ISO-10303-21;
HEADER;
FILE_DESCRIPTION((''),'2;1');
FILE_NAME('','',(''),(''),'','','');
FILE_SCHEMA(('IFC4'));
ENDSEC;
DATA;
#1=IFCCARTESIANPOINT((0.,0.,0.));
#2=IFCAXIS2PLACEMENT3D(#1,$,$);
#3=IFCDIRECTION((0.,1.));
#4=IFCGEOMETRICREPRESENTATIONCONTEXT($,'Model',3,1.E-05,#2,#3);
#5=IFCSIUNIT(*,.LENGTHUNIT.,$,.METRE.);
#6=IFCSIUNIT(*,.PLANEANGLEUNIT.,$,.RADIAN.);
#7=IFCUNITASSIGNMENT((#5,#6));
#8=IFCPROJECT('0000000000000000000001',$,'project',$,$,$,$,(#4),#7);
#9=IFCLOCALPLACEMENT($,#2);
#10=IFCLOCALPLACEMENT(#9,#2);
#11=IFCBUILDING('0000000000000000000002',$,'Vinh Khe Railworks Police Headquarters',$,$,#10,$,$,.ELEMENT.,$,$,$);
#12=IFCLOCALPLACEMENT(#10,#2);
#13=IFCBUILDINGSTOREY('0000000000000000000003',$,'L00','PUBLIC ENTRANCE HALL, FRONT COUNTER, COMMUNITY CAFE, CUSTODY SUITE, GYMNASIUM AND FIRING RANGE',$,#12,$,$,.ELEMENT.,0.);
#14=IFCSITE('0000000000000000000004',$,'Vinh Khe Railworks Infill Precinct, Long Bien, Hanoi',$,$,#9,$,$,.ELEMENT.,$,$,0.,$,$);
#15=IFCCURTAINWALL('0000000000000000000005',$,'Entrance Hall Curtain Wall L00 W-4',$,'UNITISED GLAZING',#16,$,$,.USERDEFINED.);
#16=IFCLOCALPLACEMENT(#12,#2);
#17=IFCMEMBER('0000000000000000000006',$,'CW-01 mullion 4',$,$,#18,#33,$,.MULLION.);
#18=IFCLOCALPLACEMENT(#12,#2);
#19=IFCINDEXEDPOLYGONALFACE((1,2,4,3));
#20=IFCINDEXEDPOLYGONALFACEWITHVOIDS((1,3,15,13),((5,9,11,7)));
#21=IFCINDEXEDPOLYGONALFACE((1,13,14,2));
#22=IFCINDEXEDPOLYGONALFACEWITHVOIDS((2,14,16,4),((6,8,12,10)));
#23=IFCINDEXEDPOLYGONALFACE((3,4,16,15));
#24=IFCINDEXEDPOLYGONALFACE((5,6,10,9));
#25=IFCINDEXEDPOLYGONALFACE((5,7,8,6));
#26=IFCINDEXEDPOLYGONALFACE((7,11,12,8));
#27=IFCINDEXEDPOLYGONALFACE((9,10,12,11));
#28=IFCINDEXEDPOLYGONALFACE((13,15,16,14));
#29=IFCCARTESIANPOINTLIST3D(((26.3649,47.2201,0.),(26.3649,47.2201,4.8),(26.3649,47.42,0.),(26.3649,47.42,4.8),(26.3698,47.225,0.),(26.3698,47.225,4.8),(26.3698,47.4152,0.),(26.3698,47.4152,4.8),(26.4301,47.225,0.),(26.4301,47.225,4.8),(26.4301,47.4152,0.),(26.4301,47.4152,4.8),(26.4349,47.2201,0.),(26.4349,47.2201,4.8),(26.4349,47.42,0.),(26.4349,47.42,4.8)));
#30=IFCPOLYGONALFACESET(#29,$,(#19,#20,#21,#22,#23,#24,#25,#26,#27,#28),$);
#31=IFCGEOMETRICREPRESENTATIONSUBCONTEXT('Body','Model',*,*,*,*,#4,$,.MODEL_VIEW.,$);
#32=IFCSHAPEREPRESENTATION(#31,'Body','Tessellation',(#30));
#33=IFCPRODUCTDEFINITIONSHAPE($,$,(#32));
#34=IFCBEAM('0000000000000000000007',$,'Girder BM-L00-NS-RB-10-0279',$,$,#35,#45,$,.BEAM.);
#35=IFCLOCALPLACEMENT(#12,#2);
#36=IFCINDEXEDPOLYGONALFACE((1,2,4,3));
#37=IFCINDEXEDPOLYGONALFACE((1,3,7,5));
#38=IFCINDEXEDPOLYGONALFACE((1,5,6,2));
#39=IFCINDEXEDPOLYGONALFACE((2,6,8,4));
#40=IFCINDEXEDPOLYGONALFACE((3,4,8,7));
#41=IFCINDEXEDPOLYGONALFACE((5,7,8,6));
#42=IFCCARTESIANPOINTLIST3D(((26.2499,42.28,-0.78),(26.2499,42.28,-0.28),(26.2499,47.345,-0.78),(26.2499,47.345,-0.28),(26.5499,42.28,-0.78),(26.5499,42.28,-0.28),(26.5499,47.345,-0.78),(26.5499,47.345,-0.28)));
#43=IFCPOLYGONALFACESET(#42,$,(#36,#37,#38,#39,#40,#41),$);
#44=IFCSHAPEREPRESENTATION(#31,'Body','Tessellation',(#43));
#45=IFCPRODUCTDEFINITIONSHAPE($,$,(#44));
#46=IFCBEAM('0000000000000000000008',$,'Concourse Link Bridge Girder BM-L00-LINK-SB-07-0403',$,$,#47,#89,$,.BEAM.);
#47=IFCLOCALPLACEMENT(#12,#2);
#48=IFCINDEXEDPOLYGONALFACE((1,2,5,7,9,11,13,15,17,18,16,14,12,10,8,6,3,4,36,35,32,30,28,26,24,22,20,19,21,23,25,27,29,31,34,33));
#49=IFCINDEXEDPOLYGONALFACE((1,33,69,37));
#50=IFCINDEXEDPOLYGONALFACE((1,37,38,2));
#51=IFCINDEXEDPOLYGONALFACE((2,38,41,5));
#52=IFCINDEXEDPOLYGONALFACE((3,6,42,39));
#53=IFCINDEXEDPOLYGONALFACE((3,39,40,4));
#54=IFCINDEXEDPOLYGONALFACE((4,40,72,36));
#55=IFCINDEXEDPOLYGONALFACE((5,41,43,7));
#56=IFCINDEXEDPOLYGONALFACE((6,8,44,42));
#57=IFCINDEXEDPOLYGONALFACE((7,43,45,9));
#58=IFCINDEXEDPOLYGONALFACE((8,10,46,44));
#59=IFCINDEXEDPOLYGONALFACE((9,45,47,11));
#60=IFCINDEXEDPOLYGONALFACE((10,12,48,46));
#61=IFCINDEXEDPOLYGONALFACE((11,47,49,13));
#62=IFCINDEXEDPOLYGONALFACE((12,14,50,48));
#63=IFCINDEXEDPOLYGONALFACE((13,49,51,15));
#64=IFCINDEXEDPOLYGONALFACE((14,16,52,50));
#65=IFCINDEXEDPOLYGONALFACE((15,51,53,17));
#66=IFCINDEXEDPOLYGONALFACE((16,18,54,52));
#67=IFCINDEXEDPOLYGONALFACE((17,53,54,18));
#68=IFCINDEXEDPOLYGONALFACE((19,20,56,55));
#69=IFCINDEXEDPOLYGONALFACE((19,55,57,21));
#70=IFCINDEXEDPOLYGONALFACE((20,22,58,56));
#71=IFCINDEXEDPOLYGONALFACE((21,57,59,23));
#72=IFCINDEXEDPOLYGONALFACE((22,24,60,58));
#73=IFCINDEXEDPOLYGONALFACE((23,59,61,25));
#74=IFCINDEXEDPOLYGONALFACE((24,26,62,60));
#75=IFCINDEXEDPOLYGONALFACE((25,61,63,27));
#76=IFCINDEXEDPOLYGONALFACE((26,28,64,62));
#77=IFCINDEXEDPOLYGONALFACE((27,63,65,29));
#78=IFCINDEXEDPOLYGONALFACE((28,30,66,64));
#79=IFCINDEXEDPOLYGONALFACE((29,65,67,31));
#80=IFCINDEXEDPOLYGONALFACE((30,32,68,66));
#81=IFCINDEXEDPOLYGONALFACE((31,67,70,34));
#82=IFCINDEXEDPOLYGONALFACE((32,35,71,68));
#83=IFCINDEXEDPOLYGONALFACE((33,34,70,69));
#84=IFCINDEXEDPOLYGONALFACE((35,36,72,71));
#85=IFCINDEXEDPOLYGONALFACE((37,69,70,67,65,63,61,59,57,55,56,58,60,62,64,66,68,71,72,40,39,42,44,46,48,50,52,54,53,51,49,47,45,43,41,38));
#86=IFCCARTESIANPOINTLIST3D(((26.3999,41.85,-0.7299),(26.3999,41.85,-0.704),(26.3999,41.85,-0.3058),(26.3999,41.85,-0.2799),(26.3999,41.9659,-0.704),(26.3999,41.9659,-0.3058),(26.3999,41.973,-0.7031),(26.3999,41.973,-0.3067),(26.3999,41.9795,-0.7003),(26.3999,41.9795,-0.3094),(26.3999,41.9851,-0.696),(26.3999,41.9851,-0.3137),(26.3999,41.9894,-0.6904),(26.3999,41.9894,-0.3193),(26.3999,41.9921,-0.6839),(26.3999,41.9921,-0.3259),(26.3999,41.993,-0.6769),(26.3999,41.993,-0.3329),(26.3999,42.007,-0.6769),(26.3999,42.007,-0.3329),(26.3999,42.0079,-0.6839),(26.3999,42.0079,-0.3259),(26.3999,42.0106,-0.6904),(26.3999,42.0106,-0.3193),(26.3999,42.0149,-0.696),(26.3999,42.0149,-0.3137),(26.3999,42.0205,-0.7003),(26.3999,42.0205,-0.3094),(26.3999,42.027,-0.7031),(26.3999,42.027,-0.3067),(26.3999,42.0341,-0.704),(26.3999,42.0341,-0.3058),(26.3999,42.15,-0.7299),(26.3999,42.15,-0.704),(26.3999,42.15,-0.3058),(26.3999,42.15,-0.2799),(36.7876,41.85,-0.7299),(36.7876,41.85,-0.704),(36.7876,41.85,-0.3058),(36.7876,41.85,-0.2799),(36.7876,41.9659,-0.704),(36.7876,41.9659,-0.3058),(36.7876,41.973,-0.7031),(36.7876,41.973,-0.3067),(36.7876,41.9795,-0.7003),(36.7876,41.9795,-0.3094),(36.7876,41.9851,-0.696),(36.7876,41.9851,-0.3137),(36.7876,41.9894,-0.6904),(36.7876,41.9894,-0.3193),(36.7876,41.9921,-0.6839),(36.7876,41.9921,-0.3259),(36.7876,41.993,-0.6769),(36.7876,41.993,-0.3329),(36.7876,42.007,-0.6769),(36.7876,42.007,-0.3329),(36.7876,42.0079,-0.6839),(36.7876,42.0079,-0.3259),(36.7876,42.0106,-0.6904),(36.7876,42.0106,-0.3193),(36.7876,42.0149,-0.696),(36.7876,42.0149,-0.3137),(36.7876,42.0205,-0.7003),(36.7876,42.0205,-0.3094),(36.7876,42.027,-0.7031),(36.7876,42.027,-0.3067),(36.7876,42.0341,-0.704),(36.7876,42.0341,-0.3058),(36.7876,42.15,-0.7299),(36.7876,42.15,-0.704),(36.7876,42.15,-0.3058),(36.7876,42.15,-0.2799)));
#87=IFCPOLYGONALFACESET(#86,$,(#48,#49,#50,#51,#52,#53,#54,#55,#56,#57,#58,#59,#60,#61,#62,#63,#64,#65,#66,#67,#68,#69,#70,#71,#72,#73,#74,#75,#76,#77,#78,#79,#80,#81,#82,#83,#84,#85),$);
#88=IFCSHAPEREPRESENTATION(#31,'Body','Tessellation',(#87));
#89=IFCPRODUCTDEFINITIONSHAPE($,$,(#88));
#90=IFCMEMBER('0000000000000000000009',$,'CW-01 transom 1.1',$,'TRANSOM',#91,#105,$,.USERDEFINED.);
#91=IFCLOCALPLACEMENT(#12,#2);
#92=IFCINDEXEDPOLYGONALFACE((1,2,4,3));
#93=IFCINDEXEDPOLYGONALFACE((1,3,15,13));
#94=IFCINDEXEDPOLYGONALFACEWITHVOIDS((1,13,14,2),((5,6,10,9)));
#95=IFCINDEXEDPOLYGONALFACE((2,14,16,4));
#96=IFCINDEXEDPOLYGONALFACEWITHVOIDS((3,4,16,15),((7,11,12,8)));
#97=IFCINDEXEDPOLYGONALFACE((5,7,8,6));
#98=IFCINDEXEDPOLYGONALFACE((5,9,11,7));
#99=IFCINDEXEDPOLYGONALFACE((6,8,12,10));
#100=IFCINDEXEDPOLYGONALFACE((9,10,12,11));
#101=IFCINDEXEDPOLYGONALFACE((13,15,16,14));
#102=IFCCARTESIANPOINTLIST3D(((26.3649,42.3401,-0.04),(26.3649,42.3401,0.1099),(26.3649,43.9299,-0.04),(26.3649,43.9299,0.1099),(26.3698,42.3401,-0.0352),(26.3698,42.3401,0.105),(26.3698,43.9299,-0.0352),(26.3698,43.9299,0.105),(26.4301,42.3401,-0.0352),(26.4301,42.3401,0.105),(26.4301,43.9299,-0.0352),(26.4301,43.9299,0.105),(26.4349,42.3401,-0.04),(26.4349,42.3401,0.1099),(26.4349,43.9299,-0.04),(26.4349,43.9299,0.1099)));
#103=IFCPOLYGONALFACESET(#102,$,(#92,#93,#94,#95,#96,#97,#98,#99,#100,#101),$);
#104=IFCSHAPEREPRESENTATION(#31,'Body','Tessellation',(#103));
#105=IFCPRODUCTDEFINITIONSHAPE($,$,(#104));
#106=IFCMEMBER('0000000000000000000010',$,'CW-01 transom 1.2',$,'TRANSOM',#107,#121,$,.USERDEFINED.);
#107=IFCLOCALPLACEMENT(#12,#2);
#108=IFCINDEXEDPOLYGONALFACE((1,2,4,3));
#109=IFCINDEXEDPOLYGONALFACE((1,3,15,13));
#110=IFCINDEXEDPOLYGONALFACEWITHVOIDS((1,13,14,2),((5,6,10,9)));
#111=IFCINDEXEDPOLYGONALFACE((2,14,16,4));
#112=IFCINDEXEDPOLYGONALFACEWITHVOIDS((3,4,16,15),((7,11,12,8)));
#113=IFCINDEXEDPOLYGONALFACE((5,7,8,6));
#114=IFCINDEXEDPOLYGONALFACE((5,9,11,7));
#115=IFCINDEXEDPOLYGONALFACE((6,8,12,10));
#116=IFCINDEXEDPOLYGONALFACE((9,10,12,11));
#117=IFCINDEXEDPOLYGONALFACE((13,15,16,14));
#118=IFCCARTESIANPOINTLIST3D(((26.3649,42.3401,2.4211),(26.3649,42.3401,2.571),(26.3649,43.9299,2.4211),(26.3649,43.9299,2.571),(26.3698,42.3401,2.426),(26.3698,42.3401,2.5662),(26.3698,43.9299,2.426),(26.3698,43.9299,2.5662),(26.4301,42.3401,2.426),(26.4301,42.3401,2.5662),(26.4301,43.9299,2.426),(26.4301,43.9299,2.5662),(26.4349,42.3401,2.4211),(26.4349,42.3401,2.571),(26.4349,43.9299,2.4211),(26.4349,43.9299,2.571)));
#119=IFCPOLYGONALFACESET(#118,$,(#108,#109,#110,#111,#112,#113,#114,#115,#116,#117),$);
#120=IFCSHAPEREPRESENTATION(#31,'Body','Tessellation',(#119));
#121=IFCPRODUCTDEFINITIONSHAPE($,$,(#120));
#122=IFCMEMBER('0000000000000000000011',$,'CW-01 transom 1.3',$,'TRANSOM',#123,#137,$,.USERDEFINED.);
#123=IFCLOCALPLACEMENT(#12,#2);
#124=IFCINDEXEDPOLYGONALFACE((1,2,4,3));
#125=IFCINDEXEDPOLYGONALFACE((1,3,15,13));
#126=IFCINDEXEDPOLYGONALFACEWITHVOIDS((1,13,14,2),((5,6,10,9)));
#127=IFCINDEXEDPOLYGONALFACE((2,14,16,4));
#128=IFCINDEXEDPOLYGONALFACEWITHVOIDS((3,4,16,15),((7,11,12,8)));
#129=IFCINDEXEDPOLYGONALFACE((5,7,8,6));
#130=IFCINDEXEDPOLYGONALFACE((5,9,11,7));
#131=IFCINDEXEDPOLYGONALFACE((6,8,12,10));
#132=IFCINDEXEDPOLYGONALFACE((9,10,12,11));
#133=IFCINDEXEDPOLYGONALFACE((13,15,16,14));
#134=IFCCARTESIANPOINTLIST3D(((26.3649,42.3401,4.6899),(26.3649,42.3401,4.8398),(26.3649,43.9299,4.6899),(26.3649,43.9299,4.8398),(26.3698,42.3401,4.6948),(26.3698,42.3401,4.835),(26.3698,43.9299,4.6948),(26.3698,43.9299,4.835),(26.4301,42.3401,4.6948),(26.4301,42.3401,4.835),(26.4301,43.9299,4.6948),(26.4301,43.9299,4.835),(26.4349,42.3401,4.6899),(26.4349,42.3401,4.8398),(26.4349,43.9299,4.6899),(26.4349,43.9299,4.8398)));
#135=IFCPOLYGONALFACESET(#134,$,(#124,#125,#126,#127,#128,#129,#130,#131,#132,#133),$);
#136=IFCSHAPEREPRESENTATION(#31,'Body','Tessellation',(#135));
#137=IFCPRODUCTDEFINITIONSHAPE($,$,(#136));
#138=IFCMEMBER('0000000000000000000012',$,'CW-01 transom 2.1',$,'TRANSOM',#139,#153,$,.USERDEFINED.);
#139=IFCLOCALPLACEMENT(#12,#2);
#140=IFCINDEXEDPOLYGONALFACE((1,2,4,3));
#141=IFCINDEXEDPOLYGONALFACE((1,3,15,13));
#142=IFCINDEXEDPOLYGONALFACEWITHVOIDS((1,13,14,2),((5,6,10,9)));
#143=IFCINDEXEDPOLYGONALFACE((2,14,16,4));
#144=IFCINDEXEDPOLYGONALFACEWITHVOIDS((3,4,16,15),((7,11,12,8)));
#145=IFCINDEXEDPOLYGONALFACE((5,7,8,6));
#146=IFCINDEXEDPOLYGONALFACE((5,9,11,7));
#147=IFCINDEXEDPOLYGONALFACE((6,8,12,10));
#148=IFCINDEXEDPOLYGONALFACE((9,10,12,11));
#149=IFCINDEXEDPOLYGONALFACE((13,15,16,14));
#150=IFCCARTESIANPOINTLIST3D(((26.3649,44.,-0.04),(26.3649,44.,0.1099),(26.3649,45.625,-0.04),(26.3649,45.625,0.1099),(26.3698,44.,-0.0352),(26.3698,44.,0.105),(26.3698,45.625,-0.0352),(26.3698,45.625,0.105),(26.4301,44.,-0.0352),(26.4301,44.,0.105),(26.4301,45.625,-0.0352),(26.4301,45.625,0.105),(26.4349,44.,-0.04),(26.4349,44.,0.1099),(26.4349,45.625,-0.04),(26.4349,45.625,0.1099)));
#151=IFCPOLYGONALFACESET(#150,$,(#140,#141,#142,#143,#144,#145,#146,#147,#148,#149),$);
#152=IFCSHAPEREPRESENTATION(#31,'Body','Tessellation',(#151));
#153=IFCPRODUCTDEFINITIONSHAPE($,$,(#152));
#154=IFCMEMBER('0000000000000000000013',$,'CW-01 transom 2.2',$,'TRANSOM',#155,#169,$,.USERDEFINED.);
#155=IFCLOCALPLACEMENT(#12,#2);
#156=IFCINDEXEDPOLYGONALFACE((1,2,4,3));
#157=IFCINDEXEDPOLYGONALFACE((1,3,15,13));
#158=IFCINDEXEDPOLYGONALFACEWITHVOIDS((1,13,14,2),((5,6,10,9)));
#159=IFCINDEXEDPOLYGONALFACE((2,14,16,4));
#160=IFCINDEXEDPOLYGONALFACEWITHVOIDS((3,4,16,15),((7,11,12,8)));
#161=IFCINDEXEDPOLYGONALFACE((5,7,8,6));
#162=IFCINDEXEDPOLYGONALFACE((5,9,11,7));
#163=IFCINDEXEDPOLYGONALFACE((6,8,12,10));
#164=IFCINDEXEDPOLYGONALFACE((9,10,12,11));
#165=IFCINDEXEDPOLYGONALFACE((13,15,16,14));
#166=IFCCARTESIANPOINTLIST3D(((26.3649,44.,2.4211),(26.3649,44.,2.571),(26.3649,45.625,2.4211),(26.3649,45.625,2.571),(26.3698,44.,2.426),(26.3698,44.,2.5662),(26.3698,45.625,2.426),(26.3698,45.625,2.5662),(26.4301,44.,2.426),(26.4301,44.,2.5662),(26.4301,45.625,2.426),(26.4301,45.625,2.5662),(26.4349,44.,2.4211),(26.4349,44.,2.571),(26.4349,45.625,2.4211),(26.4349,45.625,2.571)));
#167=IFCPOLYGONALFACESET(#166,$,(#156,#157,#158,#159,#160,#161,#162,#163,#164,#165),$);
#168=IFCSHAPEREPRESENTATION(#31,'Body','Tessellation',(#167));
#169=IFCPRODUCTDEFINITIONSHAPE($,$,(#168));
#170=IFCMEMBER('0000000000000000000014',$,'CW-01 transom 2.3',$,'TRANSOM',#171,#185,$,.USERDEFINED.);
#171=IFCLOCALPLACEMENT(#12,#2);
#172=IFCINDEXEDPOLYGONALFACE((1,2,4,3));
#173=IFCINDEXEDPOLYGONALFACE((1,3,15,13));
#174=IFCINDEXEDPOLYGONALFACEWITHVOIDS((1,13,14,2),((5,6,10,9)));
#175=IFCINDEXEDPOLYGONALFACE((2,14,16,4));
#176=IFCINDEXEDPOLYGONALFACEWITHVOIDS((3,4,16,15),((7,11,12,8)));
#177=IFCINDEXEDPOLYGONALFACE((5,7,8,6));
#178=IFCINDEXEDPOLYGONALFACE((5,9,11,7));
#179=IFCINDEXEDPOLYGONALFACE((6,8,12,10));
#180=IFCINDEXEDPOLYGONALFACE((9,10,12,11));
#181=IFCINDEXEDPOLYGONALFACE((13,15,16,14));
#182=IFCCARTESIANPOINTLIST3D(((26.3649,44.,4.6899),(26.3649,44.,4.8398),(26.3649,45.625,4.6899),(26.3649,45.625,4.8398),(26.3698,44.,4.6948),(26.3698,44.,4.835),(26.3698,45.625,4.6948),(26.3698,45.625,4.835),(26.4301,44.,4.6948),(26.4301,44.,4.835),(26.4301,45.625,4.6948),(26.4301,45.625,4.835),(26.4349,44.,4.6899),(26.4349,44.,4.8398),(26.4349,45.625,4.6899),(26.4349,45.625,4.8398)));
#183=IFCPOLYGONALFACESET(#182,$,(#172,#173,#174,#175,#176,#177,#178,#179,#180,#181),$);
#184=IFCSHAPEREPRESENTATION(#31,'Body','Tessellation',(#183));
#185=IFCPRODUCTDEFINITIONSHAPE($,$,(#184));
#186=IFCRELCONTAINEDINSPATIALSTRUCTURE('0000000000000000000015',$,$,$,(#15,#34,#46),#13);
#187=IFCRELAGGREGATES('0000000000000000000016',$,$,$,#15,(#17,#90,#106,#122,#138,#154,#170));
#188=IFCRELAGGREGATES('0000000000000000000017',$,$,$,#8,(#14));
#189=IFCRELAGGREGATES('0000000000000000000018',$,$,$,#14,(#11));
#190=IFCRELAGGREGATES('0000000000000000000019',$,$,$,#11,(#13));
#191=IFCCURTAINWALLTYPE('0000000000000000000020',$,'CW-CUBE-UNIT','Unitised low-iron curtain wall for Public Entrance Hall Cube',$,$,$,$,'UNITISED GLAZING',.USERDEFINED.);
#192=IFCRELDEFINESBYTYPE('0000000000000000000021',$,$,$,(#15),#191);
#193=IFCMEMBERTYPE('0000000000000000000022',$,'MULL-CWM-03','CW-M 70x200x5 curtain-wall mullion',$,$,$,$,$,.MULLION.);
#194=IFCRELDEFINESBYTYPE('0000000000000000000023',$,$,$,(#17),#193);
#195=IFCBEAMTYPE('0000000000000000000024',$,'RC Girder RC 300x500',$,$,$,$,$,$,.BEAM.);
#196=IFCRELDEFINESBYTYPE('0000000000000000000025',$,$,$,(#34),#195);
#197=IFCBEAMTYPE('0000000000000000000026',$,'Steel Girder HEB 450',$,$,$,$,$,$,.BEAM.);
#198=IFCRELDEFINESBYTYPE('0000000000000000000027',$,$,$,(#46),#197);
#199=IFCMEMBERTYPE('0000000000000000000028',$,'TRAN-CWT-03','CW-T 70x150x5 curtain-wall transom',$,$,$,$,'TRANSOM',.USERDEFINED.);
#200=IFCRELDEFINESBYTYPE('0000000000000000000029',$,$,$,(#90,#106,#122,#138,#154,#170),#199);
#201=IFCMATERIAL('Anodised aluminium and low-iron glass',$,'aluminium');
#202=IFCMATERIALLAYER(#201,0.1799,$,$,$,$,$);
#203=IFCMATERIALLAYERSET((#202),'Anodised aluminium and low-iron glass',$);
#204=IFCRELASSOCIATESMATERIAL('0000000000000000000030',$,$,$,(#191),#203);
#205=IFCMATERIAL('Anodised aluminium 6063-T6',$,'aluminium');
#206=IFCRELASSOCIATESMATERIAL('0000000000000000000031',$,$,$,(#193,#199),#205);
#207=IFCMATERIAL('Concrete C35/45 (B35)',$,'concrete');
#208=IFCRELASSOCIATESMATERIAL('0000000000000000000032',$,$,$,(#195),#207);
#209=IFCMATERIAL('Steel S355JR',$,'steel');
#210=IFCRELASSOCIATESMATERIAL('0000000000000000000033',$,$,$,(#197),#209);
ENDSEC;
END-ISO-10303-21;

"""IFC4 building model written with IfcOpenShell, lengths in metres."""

from ifc_helpers import new_model, si_unit, direction, frame, origin, origin_2d, place, context, subcontext, project, spatial, rectangle, hollow_rectangle, i_section, extrude, material, layer, layer_set, material_profile, profile_set, type_object, element, aggregate, save


model = new_model("IFC4")

# Units and contexts
model_context = context("Model", 3, precision=1e-05, world=origin(), true_north=direction((0.0, 1.0)))
body_context = subcontext(model_context, "Body", "Model", "MODEL_VIEW")
ifc_project = project(units=[si_unit("LENGTHUNIT", "METRE"), si_unit("PLANEANGLEUNIT", "RADIAN")], contexts=[model_context])

# Site, building, storey
site_placement = place(None, origin())
site = spatial("IfcSite", under=ifc_project, at=site_placement, Name="Vinh Khe Railworks Infill Precinct, Long Bien, Hanoi", CompositionType="ELEMENT", RefElevation=0.0)
building_placement = place(site_placement, origin())
building = spatial("IfcBuilding", under=site, at=building_placement, Name="Vinh Khe Railworks Police Headquarters", CompositionType="ELEMENT")
storey_placement = place(building_placement, origin())
storey = spatial("IfcBuildingStorey", under=building, at=storey_placement, Name="L00", Description="PUBLIC ENTRANCE HALL, FRONT COUNTER, COMMUNITY CAFE, CUSTODY SUITE, GYMNASIUM AND FIRING RANGE", CompositionType="ELEMENT", Elevation=0.0)

# Shared definitions
ifc_material_1 = material(Name="Steel S355JR", Category="steel")

# Curtain wall, member
ifc_material_2 = material(Name="Anodised aluminium and low-iron glass", Category="aluminium")
ifc_layer_1 = layer(ifc_material_2, 0.1799)
ifc_layer_set_1 = layer_set([ifc_layer_1], Name="Anodised aluminium and low-iron glass")
curtain_wall_type = type_object("IfcCurtainWallType", Name="CW-CUBE-UNIT", Description="Unitised low-iron curtain wall for Public Entrance Hall Cube", ElementType="UNITISED GLAZING", PredefinedType="USERDEFINED", material=ifc_layer_set_1)
curtain_wall_placement = place(storey_placement, origin())
curtain_wall = element("IfcCurtainWall", 1, at=curtain_wall_placement, inside=storey, type_object=curtain_wall_type, Name="Entrance Hall Curtain Wall L00 W-4", ObjectType="UNITISED GLAZING", PredefinedType="USERDEFINED")
ifc_material_3 = material(Name="Anodised aluminium 6063-T6", Category="aluminium")
ifc_material_profile_1 = material_profile(ifc_material_3, hollow_rectangle(XDim=0.0701, YDim=0.2, WallThickness=0.0049, at=origin_2d()), Name="CW-M 70x200x5")
ifc_profile_set_1 = profile_set([ifc_material_profile_1], Name="Anodised aluminium 6063-T6")
member_type_1 = type_object("IfcMemberType", Name="MULL-CWM-03", Description="CW-M 70x200x5 curtain-wall mullion", PredefinedType="MULLION", material=ifc_profile_set_1)
member_1_placement = place(storey_placement, frame((26.3999, 47.3201, 0.0), z_axis=(0.0, 0.0, 1.0), x_axis=(-1.0, 0.0, 0.0)))
member_1 = element("IfcMember", 2, at=member_1_placement, type_object=member_type_1, Name="CW-01 mullion 4", PredefinedType="MULLION", context=body_context, shape_type="SweptSolid", body=[
    extrude(hollow_rectangle(XDim=0.0701, YDim=0.2, WallThickness=0.0049, at=origin_2d()), origin(), (0.0, 0.0, 1.0), 4.8),
])

# Beams
ifc_material_4 = material(Name="Concrete C35/45 (B35)", Category="concrete")
ifc_material_profile_2 = material_profile(ifc_material_4, rectangle(XDim=0.3, YDim=0.5, at=origin_2d()), Name="RC 300x500")
ifc_profile_set_2 = profile_set([ifc_material_profile_2], Name="Concrete C35/45 (B35)")
beam_type_1 = type_object("IfcBeamType", Name="RC Girder RC 300x500", PredefinedType="BEAM", material=ifc_profile_set_2)
beam_1_placement = place(storey_placement, frame((26.3999, 42.28, -0.53), z_axis=(0.0, 1.0, 0.0), x_axis=(-1.0, 0.0, 0.0)))
element("IfcBeam", 3, at=beam_1_placement, inside=storey, type_object=beam_type_1, Name="Girder BM-L00-NS-RB-10-0279", PredefinedType="BEAM", context=body_context, shape_type="SweptSolid", body=[
    extrude(rectangle(XDim=0.3, YDim=0.5, at=origin_2d()), origin(), (0.0, 0.0, 1.0), 5.0649),
])
ifc_material_profile_3 = material_profile(ifc_material_1, i_section(OverallWidth=0.3, OverallDepth=0.45, WebThickness=0.0139, FlangeThickness=0.0259, FilletRadius=0.0271, at=origin_2d()), Name="HEB 450")
ifc_profile_set_3 = profile_set([ifc_material_profile_3], Name="Steel S355JR")
beam_type_2 = type_object("IfcBeamType", Name="Steel Girder HEB 450", PredefinedType="BEAM", material=ifc_profile_set_3)
beam_2_placement = place(storey_placement, frame((26.3999, 42.0, -0.5049), z_axis=(1.0, 0.0, 0.0), x_axis=(0.0, 1.0, 0.0)))
element("IfcBeam", 4, at=beam_2_placement, inside=storey, type_object=beam_type_2, Name="Concourse Link Bridge Girder BM-L00-LINK-SB-07-0403", PredefinedType="BEAM", context=body_context, shape_type="SweptSolid", body=[
    extrude(i_section(OverallWidth=0.3, OverallDepth=0.45, WebThickness=0.0139, FlangeThickness=0.0259, FilletRadius=0.0271, at=origin_2d()), origin(), (0.0, 0.0, 1.0), 10.3877),
])

# Members
ifc_material_profile_4 = material_profile(ifc_material_3, hollow_rectangle(XDim=0.0701, YDim=0.1499, WallThickness=0.0049, at=origin_2d()), Name="CW-T 70x150x5")
ifc_profile_set_4 = profile_set([ifc_material_profile_4], Name="Anodised aluminium 6063-T6")
member_type_2 = type_object("IfcMemberType", Name="TRAN-CWT-03", Description="CW-T 70x150x5 curtain-wall transom", ElementType="TRANSOM", PredefinedType="USERDEFINED", material=ifc_profile_set_4)
member_2_placement = place(storey_placement, frame((26.3999, 42.3401, 0.0349), z_axis=(0.0, 1.0, 0.0), x_axis=(-1.0, 0.0, 0.0)))
member_2 = element("IfcMember", 5, at=member_2_placement, type_object=member_type_2, Name="CW-01 transom 1.1", ObjectType="TRANSOM", PredefinedType="USERDEFINED", context=body_context, shape_type="SweptSolid", body=[
    extrude(hollow_rectangle(XDim=0.0701, YDim=0.1499, WallThickness=0.0049, at=origin_2d()), origin(), (0.0, 0.0, 1.0), 1.5898),
])
member_3_placement = place(storey_placement, frame((26.3999, 42.3401, 2.4961), z_axis=(0.0, 1.0, 0.0), x_axis=(-1.0, 0.0, 0.0)))
member_3 = element("IfcMember", 6, at=member_3_placement, type_object=member_type_2, Name="CW-01 transom 1.2", ObjectType="TRANSOM", PredefinedType="USERDEFINED", context=body_context, shape_type="SweptSolid", body=[
    extrude(hollow_rectangle(XDim=0.0701, YDim=0.1499, WallThickness=0.0049, at=origin_2d()), origin(), (0.0, 0.0, 1.0), 1.5898),
])
member_4_placement = place(storey_placement, frame((26.3999, 42.3401, 4.7649), z_axis=(0.0, 1.0, 0.0), x_axis=(-1.0, 0.0, 0.0)))
member_4 = element("IfcMember", 7, at=member_4_placement, type_object=member_type_2, Name="CW-01 transom 1.3", ObjectType="TRANSOM", PredefinedType="USERDEFINED", context=body_context, shape_type="SweptSolid", body=[
    extrude(hollow_rectangle(XDim=0.0701, YDim=0.1499, WallThickness=0.0049, at=origin_2d()), origin(), (0.0, 0.0, 1.0), 1.5898),
])
member_5_placement = place(storey_placement, frame((26.3999, 44.0, 0.0349), z_axis=(0.0, 1.0, 0.0), x_axis=(-1.0, 0.0, 0.0)))
member_5 = element("IfcMember", 8, at=member_5_placement, type_object=member_type_2, Name="CW-01 transom 2.1", ObjectType="TRANSOM", PredefinedType="USERDEFINED", context=body_context, shape_type="SweptSolid", body=[
    extrude(hollow_rectangle(XDim=0.0701, YDim=0.1499, WallThickness=0.0049, at=origin_2d()), origin(), (0.0, 0.0, 1.0), 1.625),
])
member_6_placement = place(storey_placement, frame((26.3999, 44.0, 2.4961), z_axis=(0.0, 1.0, 0.0), x_axis=(-1.0, 0.0, 0.0)))
member_6 = element("IfcMember", 9, at=member_6_placement, type_object=member_type_2, Name="CW-01 transom 2.2", ObjectType="TRANSOM", PredefinedType="USERDEFINED", context=body_context, shape_type="SweptSolid", body=[
    extrude(hollow_rectangle(XDim=0.0701, YDim=0.1499, WallThickness=0.0049, at=origin_2d()), origin(), (0.0, 0.0, 1.0), 1.625),
])
member_7_placement = place(storey_placement, frame((26.3999, 44.0, 4.7649), z_axis=(0.0, 1.0, 0.0), x_axis=(-1.0, 0.0, 0.0)))
member_7 = element("IfcMember", 10, at=member_7_placement, type_object=member_type_2, Name="CW-01 transom 2.3", ObjectType="TRANSOM", PredefinedType="USERDEFINED", context=body_context, shape_type="SweptSolid", body=[
    extrude(hollow_rectangle(XDim=0.0701, YDim=0.1499, WallThickness=0.0049, at=origin_2d()), origin(), (0.0, 0.0, 1.0), 1.625),
])

aggregate(curtain_wall, [member_1, member_2, member_3, member_4, member_5, member_6, member_7])

save(model, "model.ifc")
